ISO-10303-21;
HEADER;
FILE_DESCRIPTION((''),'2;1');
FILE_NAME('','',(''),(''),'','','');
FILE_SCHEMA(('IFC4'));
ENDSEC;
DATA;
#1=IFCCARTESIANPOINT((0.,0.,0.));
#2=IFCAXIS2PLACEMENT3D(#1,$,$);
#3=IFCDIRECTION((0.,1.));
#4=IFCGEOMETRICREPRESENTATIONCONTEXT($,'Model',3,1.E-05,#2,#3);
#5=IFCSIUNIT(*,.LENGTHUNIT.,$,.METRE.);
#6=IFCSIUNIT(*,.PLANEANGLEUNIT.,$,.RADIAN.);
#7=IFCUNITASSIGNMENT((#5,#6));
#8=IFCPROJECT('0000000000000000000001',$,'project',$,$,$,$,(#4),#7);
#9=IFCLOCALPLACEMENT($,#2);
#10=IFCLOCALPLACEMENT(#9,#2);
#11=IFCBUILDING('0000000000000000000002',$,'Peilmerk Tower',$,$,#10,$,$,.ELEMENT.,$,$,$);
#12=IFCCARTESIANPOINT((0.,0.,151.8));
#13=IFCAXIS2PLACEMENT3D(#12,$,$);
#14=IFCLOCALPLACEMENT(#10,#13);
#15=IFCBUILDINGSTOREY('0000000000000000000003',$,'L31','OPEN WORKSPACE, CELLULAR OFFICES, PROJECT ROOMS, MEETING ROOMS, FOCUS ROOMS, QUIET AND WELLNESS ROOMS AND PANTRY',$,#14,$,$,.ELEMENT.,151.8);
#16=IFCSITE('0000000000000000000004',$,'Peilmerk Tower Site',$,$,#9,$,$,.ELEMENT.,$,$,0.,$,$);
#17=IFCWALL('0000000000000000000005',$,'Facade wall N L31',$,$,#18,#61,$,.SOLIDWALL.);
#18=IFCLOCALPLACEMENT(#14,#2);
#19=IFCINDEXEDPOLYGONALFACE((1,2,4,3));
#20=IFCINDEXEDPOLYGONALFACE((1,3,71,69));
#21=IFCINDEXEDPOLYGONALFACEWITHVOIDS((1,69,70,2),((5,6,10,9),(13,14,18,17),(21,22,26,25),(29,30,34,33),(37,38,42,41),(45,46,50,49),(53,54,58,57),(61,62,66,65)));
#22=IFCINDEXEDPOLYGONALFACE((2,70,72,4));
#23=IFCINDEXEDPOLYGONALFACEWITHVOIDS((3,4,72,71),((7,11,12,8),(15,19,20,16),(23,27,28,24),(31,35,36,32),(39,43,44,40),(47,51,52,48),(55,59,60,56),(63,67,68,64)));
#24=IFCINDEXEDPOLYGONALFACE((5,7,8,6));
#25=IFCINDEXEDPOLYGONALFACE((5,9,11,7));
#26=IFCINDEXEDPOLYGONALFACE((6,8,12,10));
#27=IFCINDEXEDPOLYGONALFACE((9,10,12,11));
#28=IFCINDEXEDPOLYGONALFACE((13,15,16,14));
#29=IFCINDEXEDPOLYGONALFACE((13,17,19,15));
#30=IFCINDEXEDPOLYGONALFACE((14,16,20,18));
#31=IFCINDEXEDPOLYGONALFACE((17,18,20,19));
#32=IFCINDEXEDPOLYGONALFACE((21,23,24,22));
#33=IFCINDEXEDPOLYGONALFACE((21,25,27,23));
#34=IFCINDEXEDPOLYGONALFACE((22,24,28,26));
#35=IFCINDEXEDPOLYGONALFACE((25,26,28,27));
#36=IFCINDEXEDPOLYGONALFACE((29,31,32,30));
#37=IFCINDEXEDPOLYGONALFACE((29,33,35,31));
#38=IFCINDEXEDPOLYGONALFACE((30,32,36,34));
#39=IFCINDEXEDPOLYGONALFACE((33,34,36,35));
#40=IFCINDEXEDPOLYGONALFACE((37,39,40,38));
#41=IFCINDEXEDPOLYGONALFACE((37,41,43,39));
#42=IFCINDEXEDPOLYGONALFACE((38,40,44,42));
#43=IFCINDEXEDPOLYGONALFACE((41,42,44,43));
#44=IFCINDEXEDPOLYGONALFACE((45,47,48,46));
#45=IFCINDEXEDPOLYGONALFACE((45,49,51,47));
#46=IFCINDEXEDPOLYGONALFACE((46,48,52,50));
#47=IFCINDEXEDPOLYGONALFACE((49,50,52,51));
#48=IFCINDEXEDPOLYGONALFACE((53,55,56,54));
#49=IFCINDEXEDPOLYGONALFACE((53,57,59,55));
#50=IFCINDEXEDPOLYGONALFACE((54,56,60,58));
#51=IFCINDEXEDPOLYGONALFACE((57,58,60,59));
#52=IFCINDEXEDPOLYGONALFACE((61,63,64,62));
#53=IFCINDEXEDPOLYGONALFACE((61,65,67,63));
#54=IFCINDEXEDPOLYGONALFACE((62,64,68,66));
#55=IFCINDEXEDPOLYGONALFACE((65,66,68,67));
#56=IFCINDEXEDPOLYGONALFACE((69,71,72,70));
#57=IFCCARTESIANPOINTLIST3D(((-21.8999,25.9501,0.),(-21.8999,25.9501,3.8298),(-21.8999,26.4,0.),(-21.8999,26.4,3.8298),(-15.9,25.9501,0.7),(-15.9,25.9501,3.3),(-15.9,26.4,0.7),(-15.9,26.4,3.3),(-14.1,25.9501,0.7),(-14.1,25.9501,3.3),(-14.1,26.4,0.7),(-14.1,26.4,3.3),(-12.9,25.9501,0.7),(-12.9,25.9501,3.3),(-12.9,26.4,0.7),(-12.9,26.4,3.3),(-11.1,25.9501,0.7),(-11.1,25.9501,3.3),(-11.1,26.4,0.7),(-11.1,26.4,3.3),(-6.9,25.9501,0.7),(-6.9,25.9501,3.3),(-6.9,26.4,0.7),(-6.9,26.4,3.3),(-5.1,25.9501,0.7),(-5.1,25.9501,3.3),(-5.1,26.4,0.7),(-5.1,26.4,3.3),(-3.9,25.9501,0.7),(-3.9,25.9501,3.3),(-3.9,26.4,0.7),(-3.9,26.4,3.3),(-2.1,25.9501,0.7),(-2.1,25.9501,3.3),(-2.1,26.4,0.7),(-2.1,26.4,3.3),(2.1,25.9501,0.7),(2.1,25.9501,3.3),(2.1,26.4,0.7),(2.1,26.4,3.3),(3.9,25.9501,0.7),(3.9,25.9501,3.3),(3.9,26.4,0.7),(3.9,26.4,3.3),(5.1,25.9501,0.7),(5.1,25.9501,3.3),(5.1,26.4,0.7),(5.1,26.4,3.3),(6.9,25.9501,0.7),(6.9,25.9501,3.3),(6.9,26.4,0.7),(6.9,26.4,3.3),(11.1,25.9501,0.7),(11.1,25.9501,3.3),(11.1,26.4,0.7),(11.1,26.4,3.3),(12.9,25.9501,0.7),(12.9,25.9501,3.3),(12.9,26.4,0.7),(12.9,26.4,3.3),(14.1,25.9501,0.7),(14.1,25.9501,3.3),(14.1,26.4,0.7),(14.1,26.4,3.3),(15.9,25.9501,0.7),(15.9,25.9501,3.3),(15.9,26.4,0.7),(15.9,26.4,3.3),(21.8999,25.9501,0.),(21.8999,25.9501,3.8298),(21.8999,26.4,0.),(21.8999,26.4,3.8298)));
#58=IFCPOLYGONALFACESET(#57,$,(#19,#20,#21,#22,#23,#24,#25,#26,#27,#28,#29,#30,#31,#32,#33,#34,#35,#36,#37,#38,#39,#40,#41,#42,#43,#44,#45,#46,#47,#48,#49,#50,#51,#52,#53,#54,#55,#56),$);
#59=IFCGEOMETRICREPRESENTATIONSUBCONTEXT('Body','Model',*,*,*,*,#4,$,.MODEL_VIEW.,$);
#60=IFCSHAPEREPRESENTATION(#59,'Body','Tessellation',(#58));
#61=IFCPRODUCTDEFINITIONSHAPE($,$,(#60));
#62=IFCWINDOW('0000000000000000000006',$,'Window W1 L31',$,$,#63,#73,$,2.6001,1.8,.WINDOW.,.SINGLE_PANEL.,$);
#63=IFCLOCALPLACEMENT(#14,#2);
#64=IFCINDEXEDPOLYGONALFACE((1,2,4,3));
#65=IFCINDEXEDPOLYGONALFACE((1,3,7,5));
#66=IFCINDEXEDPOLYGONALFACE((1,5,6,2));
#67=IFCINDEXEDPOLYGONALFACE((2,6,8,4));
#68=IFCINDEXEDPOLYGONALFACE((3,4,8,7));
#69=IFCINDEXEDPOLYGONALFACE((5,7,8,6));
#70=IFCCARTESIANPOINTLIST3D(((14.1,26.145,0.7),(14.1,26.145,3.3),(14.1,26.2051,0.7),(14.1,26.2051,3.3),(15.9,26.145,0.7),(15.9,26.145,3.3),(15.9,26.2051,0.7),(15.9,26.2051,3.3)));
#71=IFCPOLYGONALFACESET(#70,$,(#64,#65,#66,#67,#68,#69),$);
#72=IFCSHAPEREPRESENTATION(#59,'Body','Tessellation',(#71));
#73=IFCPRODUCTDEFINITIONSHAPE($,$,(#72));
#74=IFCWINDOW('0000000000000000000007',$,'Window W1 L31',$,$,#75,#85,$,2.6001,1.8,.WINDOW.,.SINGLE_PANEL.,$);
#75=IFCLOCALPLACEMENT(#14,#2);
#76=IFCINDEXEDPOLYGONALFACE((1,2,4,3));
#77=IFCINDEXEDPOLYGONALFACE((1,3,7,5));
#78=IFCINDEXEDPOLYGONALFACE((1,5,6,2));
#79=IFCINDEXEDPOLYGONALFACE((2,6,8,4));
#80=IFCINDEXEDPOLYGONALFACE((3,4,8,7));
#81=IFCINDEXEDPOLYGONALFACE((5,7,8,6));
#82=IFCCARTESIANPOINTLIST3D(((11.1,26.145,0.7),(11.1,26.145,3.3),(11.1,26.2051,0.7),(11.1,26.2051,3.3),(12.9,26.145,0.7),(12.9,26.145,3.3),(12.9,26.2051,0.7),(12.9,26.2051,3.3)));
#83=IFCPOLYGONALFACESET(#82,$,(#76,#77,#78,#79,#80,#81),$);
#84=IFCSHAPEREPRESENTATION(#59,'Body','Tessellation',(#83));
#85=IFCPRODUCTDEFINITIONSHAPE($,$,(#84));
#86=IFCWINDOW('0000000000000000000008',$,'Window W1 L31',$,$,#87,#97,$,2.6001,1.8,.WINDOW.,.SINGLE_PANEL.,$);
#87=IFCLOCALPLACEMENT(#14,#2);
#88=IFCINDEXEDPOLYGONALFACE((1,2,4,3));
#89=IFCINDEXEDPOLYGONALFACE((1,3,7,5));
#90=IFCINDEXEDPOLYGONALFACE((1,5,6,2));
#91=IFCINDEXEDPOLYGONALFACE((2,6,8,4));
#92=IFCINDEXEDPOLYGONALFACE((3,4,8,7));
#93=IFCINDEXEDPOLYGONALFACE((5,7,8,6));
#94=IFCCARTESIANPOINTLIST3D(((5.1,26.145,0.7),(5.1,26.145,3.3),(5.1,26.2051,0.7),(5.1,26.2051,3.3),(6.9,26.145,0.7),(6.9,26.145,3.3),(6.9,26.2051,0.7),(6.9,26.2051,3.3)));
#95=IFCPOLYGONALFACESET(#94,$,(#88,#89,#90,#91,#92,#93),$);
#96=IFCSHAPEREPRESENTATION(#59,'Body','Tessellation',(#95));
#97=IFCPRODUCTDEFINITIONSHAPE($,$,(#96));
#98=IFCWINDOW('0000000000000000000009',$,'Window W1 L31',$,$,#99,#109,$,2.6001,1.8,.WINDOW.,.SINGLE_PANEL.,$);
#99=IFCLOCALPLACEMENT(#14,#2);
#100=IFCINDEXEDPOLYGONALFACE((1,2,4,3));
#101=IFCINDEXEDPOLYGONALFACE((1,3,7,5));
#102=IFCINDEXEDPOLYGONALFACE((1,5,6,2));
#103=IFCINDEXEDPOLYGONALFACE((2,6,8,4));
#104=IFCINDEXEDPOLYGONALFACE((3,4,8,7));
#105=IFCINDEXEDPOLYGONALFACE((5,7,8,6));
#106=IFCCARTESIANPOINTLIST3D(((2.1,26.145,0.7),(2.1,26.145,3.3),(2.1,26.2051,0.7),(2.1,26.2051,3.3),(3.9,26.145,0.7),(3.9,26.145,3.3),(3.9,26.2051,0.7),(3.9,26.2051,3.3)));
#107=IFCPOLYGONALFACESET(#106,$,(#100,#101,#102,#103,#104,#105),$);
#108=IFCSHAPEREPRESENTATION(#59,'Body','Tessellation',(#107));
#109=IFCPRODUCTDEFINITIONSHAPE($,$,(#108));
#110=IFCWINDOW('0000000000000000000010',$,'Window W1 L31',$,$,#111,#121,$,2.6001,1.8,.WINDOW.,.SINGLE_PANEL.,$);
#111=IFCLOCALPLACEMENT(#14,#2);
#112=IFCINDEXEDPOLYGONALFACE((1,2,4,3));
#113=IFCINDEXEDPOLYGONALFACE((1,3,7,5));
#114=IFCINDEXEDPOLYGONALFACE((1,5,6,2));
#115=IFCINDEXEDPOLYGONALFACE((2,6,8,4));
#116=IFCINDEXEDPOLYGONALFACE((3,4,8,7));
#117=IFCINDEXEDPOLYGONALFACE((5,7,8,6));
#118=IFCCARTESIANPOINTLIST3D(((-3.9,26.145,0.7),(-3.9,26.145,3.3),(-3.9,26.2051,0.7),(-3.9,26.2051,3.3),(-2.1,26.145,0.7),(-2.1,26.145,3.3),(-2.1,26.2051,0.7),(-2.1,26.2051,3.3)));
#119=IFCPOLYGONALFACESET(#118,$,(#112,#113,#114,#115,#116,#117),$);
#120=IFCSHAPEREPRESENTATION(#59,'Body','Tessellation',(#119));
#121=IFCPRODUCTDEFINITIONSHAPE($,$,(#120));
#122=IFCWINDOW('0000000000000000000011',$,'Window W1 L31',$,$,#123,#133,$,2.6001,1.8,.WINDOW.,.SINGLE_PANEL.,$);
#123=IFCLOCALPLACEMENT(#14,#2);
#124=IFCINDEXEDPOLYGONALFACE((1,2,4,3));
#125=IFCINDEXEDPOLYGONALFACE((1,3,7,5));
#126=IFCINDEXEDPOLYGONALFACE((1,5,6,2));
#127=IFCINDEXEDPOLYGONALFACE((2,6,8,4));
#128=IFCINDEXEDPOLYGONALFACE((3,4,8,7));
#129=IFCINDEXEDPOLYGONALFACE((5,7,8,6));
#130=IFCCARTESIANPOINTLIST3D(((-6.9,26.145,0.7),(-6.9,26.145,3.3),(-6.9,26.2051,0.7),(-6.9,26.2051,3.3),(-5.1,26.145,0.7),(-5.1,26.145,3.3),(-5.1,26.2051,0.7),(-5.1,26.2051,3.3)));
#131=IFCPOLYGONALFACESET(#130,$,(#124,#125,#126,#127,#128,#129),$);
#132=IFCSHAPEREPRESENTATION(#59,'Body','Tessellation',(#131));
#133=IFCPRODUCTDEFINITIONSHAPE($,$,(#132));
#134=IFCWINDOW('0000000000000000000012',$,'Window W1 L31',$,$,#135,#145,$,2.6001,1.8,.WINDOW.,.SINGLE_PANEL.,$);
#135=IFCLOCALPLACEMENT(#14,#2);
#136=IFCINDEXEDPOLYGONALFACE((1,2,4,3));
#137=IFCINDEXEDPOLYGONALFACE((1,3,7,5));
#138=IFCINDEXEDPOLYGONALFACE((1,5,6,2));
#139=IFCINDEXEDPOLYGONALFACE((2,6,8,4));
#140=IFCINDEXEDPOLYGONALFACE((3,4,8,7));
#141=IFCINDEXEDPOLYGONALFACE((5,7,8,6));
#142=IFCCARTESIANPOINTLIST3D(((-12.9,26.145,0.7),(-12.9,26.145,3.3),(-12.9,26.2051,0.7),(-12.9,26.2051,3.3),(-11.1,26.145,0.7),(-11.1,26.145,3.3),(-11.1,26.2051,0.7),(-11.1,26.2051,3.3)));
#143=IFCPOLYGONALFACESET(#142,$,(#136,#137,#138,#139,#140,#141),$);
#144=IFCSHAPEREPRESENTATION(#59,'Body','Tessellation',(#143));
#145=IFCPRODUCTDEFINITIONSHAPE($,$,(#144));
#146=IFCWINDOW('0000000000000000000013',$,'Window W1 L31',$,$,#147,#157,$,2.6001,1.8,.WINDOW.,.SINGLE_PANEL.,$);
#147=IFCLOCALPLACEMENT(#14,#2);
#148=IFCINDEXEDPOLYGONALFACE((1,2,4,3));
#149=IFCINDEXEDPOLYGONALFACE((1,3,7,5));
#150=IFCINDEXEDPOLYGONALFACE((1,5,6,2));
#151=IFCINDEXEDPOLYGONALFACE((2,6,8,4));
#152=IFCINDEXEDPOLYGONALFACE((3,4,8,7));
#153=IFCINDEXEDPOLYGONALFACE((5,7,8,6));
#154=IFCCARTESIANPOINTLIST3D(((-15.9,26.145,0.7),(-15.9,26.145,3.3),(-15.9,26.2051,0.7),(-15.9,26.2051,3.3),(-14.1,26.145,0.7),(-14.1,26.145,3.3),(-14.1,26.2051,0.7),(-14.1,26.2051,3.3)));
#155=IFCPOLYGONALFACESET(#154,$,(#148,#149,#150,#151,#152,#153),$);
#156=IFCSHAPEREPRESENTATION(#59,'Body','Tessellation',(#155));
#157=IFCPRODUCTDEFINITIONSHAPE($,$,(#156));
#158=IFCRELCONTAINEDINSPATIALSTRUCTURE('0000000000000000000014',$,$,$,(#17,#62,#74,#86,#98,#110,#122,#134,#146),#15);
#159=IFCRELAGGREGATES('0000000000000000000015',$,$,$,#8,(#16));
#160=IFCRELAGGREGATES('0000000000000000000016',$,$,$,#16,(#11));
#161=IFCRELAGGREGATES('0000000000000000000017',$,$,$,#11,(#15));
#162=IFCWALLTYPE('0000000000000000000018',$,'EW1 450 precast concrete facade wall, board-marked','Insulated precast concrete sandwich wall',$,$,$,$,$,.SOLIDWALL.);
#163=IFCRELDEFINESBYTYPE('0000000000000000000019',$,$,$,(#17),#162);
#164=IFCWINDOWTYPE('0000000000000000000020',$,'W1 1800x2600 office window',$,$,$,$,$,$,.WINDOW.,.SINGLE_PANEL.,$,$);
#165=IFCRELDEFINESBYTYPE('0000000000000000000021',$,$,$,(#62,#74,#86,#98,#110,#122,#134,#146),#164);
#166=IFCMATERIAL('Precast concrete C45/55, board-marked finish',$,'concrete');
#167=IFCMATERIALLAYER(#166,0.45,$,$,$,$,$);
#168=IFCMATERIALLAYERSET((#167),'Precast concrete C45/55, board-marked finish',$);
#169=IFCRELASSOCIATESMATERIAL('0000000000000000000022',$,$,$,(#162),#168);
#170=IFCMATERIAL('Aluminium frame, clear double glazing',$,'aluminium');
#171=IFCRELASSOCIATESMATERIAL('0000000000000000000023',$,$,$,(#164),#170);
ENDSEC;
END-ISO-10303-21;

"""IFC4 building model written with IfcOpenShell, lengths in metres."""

from ifc_helpers import new_model, si_unit, direction, frame, frame_2d, origin, place, context, subcontext, project, spatial, rectangle, extrude, material, layer, layer_set, type_object, element, fill, save


model = new_model("IFC4")

# Units and contexts
model_context = context("Model", 3, precision=1e-05, world=origin(), true_north=direction((0.0, 1.0)))
body_context = subcontext(model_context, "Body", "Model", "MODEL_VIEW")
ifc_project = project(units=[si_unit("LENGTHUNIT", "METRE"), si_unit("PLANEANGLEUNIT", "RADIAN")], contexts=[model_context])

# Site, building, storey
site_placement = place(None, origin())
site = spatial("IfcSite", under=ifc_project, at=site_placement, Name="Peilmerk Tower Site", CompositionType="ELEMENT", RefElevation=0.0)
building_placement = place(site_placement, origin())
building = spatial("IfcBuilding", under=site, at=building_placement, Name="Peilmerk Tower", CompositionType="ELEMENT")
storey_placement = place(building_placement, frame((0.0, 0.0, 151.8)))
storey = spatial("IfcBuildingStorey", under=building, at=storey_placement, Name="L31", Description="OPEN WORKSPACE, CELLULAR OFFICES, PROJECT ROOMS, MEETING ROOMS, FOCUS ROOMS, QUIET AND WELLNESS ROOMS AND PANTRY", CompositionType="ELEMENT", Elevation=151.8)

# Wall, openings, windows
ifc_material_1 = material(Name="Precast concrete C45/55, board-marked finish", Category="concrete")
ifc_layer_1 = layer(ifc_material_1, 0.45)
ifc_layer_set_1 = layer_set([ifc_layer_1], Name="Precast concrete C45/55, board-marked finish")
wall_type = type_object("IfcWallType", Name="EW1 450 precast concrete facade wall, board-marked", Description="Insulated precast concrete sandwich wall", PredefinedType="SOLIDWALL", material=ifc_layer_set_1)
wall_placement = place(storey_placement, frame((21.8999, 26.175, 0.0), z_axis=(0.0, 0.0, 1.0), x_axis=(-1.0, 0.0, 0.0)))
wall = element("IfcWall", 1, at=wall_placement, inside=storey, type_object=wall_type, Name="Facade wall N L31", PredefinedType="SOLIDWALL", context=body_context, shape_type="SweptSolid", body=[
    extrude(rectangle(XDim=43.7998, YDim=0.45, at=frame_2d((21.8999, 0.0))), origin(), (0.0, 0.0, 1.0), 3.8298),
])
opening_1_placement = place(wall_placement, frame((6.0, 0.0, 0.7)))
opening_1 = element("IfcOpeningElement", 2, at=opening_1_placement, cuts=wall, PredefinedType="OPENING", context=body_context, shape_type="SweptSolid", body=[
    extrude(rectangle(XDim=1.8, YDim=2.6001, at=frame_2d((0.8999, 1.3))), frame((0.0, 0.2349, 0.0), z_axis=(0.0, -1.0, 0.0), x_axis=(1.0, 0.0, 0.0)), (0.0, 0.0, 1.0), 0.47),
])
opening_2_placement = place(wall_placement, frame((9.0, 0.0, 0.7)))
opening_2 = element("IfcOpeningElement", 3, at=opening_2_placement, cuts=wall, PredefinedType="OPENING", context=body_context, shape_type="SweptSolid", body=[
    extrude(rectangle(XDim=1.8, YDim=2.6001, at=frame_2d((0.8999, 1.3))), frame((0.0, 0.2349, 0.0), z_axis=(0.0, -1.0, 0.0), x_axis=(1.0, 0.0, 0.0)), (0.0, 0.0, 1.0), 0.47),
])
opening_3_placement = place(wall_placement, frame((15.0, 0.0, 0.7)))
opening_3 = element("IfcOpeningElement", 4, at=opening_3_placement, cuts=wall, PredefinedType="OPENING", context=body_context, shape_type="SweptSolid", body=[
    extrude(rectangle(XDim=1.8, YDim=2.6001, at=frame_2d((0.8999, 1.3))), frame((0.0, 0.2349, 0.0), z_axis=(0.0, -1.0, 0.0), x_axis=(1.0, 0.0, 0.0)), (0.0, 0.0, 1.0), 0.47),
])
opening_4_placement = place(wall_placement, frame((18.0, 0.0, 0.7)))
opening_4 = element("IfcOpeningElement", 5, at=opening_4_placement, cuts=wall, PredefinedType="OPENING", context=body_context, shape_type="SweptSolid", body=[
    extrude(rectangle(XDim=1.8, YDim=2.6001, at=frame_2d((0.8999, 1.3))), frame((0.0, 0.2349, 0.0), z_axis=(0.0, -1.0, 0.0), x_axis=(1.0, 0.0, 0.0)), (0.0, 0.0, 1.0), 0.47),
])
opening_5_placement = place(wall_placement, frame((24.0, 0.0, 0.7)))
opening_5 = element("IfcOpeningElement", 6, at=opening_5_placement, cuts=wall, PredefinedType="OPENING", context=body_context, shape_type="SweptSolid", body=[
    extrude(rectangle(XDim=1.8, YDim=2.6001, at=frame_2d((0.8999, 1.3))), frame((0.0, 0.2349, 0.0), z_axis=(0.0, -1.0, 0.0), x_axis=(1.0, 0.0, 0.0)), (0.0, 0.0, 1.0), 0.47),
])
opening_6_placement = place(wall_placement, frame((27.0, 0.0, 0.7)))
opening_6 = element("IfcOpeningElement", 7, at=opening_6_placement, cuts=wall, PredefinedType="OPENING", context=body_context, shape_type="SweptSolid", body=[
    extrude(rectangle(XDim=1.8, YDim=2.6001, at=frame_2d((0.8999, 1.3))), frame((0.0, 0.2349, 0.0), z_axis=(0.0, -1.0, 0.0), x_axis=(1.0, 0.0, 0.0)), (0.0, 0.0, 1.0), 0.47),
])
opening_7_placement = place(wall_placement, frame((33.0, 0.0, 0.7)))
opening_7 = element("IfcOpeningElement", 8, at=opening_7_placement, cuts=wall, PredefinedType="OPENING", context=body_context, shape_type="SweptSolid", body=[
    extrude(rectangle(XDim=1.8, YDim=2.6001, at=frame_2d((0.8999, 1.3))), frame((0.0, 0.2349, 0.0), z_axis=(0.0, -1.0, 0.0), x_axis=(1.0, 0.0, 0.0)), (0.0, 0.0, 1.0), 0.47),
])
opening_8_placement = place(wall_placement, frame((36.0, 0.0, 0.7)))
opening_8 = element("IfcOpeningElement", 9, at=opening_8_placement, cuts=wall, PredefinedType="OPENING", context=body_context, shape_type="SweptSolid", body=[
    extrude(rectangle(XDim=1.8, YDim=2.6001, at=frame_2d((0.8999, 1.3))), frame((0.0, 0.2349, 0.0), z_axis=(0.0, -1.0, 0.0), x_axis=(1.0, 0.0, 0.0)), (0.0, 0.0, 1.0), 0.47),
])
ifc_material_2 = material(Name="Aluminium frame, clear double glazing", Category="aluminium")
window_type = type_object("IfcWindowType", Name="W1 1800x2600 office window", PartitioningType="SINGLE_PANEL", PredefinedType="WINDOW", material=ifc_material_2)
window_1_placement = place(opening_1_placement, origin())
window_1 = element("IfcWindow", 10, at=window_1_placement, inside=storey, type_object=window_type, Name="Window W1 L31", OverallHeight=2.6001, OverallWidth=1.8, PartitioningType="SINGLE_PANEL", PredefinedType="WINDOW", context=body_context, shape_type="SweptSolid", body=[
    extrude(rectangle(XDim=1.8, YDim=2.6001, at=frame_2d((0.8999, 1.3))), frame((0.0, 0.03, 0.0), z_axis=(0.0, -1.0, 0.0), x_axis=(1.0, 0.0, 0.0)), (0.0, 0.0, 1.0), 0.0601),
])
fill(opening_1, window_1)
window_2_placement = place(opening_2_placement, origin())
window_2 = element("IfcWindow", 11, at=window_2_placement, inside=storey, type_object=window_type, Name="Window W1 L31", OverallHeight=2.6001, OverallWidth=1.8, PartitioningType="SINGLE_PANEL", PredefinedType="WINDOW", context=body_context, shape_type="SweptSolid", body=[
    extrude(rectangle(XDim=1.8, YDim=2.6001, at=frame_2d((0.8999, 1.3))), frame((0.0, 0.03, 0.0), z_axis=(0.0, -1.0, 0.0), x_axis=(1.0, 0.0, 0.0)), (0.0, 0.0, 1.0), 0.0601),
])
fill(opening_2, window_2)
window_3_placement = place(opening_3_placement, origin())
window_3 = element("IfcWindow", 12, at=window_3_placement, inside=storey, type_object=window_type, Name="Window W1 L31", OverallHeight=2.6001, OverallWidth=1.8, PartitioningType="SINGLE_PANEL", PredefinedType="WINDOW", context=body_context, shape_type="SweptSolid", body=[
    extrude(rectangle(XDim=1.8, YDim=2.6001, at=frame_2d((0.8999, 1.3))), frame((0.0, 0.03, 0.0), z_axis=(0.0, -1.0, 0.0), x_axis=(1.0, 0.0, 0.0)), (0.0, 0.0, 1.0), 0.0601),
])
fill(opening_3, window_3)
window_4_placement = place(opening_4_placement, origin())
window_4 = element("IfcWindow", 13, at=window_4_placement, inside=storey, type_object=window_type, Name="Window W1 L31", OverallHeight=2.6001, OverallWidth=1.8, PartitioningType="SINGLE_PANEL", PredefinedType="WINDOW", context=body_context, shape_type="SweptSolid", body=[
    extrude(rectangle(XDim=1.8, YDim=2.6001, at=frame_2d((0.8999, 1.3))), frame((0.0, 0.03, 0.0), z_axis=(0.0, -1.0, 0.0), x_axis=(1.0, 0.0, 0.0)), (0.0, 0.0, 1.0), 0.0601),
])
fill(opening_4, window_4)
window_5_placement = place(opening_5_placement, origin())
window_5 = element("IfcWindow", 14, at=window_5_placement, inside=storey, type_object=window_type, Name="Window W1 L31", OverallHeight=2.6001, OverallWidth=1.8, PartitioningType="SINGLE_PANEL", PredefinedType="WINDOW", context=body_context, shape_type="SweptSolid", body=[
    extrude(rectangle(XDim=1.8, YDim=2.6001, at=frame_2d((0.8999, 1.3))), frame((0.0, 0.03, 0.0), z_axis=(0.0, -1.0, 0.0), x_axis=(1.0, 0.0, 0.0)), (0.0, 0.0, 1.0), 0.0601),
])
fill(opening_5, window_5)
window_6_placement = place(opening_6_placement, origin())
window_6 = element("IfcWindow", 15, at=window_6_placement, inside=storey, type_object=window_type, Name="Window W1 L31", OverallHeight=2.6001, OverallWidth=1.8, PartitioningType="SINGLE_PANEL", PredefinedType="WINDOW", context=body_context, shape_type="SweptSolid", body=[
    extrude(rectangle(XDim=1.8, YDim=2.6001, at=frame_2d((0.8999, 1.3))), frame((0.0, 0.03, 0.0), z_axis=(0.0, -1.0, 0.0), x_axis=(1.0, 0.0, 0.0)), (0.0, 0.0, 1.0), 0.0601),
])
fill(opening_6, window_6)
window_7_placement = place(opening_7_placement, origin())
window_7 = element("IfcWindow", 16, at=window_7_placement, inside=storey, type_object=window_type, Name="Window W1 L31", OverallHeight=2.6001, OverallWidth=1.8, PartitioningType="SINGLE_PANEL", PredefinedType="WINDOW", context=body_context, shape_type="SweptSolid", body=[
    extrude(rectangle(XDim=1.8, YDim=2.6001, at=frame_2d((0.8999, 1.3))), frame((0.0, 0.03, 0.0), z_axis=(0.0, -1.0, 0.0), x_axis=(1.0, 0.0, 0.0)), (0.0, 0.0, 1.0), 0.0601),
])
fill(opening_7, window_7)
window_8_placement = place(opening_8_placement, origin())
window_8 = element("IfcWindow", 17, at=window_8_placement, inside=storey, type_object=window_type, Name="Window W1 L31", OverallHeight=2.6001, OverallWidth=1.8, PartitioningType="SINGLE_PANEL", PredefinedType="WINDOW", context=body_context, shape_type="SweptSolid", body=[
    extrude(rectangle(XDim=1.8, YDim=2.6001, at=frame_2d((0.8999, 1.3))), frame((0.0, 0.03, 0.0), z_axis=(0.0, -1.0, 0.0), x_axis=(1.0, 0.0, 0.0)), (0.0, 0.0, 1.0), 0.0601),
])
fill(opening_8, window_8)

save(model, "model.ifc")
